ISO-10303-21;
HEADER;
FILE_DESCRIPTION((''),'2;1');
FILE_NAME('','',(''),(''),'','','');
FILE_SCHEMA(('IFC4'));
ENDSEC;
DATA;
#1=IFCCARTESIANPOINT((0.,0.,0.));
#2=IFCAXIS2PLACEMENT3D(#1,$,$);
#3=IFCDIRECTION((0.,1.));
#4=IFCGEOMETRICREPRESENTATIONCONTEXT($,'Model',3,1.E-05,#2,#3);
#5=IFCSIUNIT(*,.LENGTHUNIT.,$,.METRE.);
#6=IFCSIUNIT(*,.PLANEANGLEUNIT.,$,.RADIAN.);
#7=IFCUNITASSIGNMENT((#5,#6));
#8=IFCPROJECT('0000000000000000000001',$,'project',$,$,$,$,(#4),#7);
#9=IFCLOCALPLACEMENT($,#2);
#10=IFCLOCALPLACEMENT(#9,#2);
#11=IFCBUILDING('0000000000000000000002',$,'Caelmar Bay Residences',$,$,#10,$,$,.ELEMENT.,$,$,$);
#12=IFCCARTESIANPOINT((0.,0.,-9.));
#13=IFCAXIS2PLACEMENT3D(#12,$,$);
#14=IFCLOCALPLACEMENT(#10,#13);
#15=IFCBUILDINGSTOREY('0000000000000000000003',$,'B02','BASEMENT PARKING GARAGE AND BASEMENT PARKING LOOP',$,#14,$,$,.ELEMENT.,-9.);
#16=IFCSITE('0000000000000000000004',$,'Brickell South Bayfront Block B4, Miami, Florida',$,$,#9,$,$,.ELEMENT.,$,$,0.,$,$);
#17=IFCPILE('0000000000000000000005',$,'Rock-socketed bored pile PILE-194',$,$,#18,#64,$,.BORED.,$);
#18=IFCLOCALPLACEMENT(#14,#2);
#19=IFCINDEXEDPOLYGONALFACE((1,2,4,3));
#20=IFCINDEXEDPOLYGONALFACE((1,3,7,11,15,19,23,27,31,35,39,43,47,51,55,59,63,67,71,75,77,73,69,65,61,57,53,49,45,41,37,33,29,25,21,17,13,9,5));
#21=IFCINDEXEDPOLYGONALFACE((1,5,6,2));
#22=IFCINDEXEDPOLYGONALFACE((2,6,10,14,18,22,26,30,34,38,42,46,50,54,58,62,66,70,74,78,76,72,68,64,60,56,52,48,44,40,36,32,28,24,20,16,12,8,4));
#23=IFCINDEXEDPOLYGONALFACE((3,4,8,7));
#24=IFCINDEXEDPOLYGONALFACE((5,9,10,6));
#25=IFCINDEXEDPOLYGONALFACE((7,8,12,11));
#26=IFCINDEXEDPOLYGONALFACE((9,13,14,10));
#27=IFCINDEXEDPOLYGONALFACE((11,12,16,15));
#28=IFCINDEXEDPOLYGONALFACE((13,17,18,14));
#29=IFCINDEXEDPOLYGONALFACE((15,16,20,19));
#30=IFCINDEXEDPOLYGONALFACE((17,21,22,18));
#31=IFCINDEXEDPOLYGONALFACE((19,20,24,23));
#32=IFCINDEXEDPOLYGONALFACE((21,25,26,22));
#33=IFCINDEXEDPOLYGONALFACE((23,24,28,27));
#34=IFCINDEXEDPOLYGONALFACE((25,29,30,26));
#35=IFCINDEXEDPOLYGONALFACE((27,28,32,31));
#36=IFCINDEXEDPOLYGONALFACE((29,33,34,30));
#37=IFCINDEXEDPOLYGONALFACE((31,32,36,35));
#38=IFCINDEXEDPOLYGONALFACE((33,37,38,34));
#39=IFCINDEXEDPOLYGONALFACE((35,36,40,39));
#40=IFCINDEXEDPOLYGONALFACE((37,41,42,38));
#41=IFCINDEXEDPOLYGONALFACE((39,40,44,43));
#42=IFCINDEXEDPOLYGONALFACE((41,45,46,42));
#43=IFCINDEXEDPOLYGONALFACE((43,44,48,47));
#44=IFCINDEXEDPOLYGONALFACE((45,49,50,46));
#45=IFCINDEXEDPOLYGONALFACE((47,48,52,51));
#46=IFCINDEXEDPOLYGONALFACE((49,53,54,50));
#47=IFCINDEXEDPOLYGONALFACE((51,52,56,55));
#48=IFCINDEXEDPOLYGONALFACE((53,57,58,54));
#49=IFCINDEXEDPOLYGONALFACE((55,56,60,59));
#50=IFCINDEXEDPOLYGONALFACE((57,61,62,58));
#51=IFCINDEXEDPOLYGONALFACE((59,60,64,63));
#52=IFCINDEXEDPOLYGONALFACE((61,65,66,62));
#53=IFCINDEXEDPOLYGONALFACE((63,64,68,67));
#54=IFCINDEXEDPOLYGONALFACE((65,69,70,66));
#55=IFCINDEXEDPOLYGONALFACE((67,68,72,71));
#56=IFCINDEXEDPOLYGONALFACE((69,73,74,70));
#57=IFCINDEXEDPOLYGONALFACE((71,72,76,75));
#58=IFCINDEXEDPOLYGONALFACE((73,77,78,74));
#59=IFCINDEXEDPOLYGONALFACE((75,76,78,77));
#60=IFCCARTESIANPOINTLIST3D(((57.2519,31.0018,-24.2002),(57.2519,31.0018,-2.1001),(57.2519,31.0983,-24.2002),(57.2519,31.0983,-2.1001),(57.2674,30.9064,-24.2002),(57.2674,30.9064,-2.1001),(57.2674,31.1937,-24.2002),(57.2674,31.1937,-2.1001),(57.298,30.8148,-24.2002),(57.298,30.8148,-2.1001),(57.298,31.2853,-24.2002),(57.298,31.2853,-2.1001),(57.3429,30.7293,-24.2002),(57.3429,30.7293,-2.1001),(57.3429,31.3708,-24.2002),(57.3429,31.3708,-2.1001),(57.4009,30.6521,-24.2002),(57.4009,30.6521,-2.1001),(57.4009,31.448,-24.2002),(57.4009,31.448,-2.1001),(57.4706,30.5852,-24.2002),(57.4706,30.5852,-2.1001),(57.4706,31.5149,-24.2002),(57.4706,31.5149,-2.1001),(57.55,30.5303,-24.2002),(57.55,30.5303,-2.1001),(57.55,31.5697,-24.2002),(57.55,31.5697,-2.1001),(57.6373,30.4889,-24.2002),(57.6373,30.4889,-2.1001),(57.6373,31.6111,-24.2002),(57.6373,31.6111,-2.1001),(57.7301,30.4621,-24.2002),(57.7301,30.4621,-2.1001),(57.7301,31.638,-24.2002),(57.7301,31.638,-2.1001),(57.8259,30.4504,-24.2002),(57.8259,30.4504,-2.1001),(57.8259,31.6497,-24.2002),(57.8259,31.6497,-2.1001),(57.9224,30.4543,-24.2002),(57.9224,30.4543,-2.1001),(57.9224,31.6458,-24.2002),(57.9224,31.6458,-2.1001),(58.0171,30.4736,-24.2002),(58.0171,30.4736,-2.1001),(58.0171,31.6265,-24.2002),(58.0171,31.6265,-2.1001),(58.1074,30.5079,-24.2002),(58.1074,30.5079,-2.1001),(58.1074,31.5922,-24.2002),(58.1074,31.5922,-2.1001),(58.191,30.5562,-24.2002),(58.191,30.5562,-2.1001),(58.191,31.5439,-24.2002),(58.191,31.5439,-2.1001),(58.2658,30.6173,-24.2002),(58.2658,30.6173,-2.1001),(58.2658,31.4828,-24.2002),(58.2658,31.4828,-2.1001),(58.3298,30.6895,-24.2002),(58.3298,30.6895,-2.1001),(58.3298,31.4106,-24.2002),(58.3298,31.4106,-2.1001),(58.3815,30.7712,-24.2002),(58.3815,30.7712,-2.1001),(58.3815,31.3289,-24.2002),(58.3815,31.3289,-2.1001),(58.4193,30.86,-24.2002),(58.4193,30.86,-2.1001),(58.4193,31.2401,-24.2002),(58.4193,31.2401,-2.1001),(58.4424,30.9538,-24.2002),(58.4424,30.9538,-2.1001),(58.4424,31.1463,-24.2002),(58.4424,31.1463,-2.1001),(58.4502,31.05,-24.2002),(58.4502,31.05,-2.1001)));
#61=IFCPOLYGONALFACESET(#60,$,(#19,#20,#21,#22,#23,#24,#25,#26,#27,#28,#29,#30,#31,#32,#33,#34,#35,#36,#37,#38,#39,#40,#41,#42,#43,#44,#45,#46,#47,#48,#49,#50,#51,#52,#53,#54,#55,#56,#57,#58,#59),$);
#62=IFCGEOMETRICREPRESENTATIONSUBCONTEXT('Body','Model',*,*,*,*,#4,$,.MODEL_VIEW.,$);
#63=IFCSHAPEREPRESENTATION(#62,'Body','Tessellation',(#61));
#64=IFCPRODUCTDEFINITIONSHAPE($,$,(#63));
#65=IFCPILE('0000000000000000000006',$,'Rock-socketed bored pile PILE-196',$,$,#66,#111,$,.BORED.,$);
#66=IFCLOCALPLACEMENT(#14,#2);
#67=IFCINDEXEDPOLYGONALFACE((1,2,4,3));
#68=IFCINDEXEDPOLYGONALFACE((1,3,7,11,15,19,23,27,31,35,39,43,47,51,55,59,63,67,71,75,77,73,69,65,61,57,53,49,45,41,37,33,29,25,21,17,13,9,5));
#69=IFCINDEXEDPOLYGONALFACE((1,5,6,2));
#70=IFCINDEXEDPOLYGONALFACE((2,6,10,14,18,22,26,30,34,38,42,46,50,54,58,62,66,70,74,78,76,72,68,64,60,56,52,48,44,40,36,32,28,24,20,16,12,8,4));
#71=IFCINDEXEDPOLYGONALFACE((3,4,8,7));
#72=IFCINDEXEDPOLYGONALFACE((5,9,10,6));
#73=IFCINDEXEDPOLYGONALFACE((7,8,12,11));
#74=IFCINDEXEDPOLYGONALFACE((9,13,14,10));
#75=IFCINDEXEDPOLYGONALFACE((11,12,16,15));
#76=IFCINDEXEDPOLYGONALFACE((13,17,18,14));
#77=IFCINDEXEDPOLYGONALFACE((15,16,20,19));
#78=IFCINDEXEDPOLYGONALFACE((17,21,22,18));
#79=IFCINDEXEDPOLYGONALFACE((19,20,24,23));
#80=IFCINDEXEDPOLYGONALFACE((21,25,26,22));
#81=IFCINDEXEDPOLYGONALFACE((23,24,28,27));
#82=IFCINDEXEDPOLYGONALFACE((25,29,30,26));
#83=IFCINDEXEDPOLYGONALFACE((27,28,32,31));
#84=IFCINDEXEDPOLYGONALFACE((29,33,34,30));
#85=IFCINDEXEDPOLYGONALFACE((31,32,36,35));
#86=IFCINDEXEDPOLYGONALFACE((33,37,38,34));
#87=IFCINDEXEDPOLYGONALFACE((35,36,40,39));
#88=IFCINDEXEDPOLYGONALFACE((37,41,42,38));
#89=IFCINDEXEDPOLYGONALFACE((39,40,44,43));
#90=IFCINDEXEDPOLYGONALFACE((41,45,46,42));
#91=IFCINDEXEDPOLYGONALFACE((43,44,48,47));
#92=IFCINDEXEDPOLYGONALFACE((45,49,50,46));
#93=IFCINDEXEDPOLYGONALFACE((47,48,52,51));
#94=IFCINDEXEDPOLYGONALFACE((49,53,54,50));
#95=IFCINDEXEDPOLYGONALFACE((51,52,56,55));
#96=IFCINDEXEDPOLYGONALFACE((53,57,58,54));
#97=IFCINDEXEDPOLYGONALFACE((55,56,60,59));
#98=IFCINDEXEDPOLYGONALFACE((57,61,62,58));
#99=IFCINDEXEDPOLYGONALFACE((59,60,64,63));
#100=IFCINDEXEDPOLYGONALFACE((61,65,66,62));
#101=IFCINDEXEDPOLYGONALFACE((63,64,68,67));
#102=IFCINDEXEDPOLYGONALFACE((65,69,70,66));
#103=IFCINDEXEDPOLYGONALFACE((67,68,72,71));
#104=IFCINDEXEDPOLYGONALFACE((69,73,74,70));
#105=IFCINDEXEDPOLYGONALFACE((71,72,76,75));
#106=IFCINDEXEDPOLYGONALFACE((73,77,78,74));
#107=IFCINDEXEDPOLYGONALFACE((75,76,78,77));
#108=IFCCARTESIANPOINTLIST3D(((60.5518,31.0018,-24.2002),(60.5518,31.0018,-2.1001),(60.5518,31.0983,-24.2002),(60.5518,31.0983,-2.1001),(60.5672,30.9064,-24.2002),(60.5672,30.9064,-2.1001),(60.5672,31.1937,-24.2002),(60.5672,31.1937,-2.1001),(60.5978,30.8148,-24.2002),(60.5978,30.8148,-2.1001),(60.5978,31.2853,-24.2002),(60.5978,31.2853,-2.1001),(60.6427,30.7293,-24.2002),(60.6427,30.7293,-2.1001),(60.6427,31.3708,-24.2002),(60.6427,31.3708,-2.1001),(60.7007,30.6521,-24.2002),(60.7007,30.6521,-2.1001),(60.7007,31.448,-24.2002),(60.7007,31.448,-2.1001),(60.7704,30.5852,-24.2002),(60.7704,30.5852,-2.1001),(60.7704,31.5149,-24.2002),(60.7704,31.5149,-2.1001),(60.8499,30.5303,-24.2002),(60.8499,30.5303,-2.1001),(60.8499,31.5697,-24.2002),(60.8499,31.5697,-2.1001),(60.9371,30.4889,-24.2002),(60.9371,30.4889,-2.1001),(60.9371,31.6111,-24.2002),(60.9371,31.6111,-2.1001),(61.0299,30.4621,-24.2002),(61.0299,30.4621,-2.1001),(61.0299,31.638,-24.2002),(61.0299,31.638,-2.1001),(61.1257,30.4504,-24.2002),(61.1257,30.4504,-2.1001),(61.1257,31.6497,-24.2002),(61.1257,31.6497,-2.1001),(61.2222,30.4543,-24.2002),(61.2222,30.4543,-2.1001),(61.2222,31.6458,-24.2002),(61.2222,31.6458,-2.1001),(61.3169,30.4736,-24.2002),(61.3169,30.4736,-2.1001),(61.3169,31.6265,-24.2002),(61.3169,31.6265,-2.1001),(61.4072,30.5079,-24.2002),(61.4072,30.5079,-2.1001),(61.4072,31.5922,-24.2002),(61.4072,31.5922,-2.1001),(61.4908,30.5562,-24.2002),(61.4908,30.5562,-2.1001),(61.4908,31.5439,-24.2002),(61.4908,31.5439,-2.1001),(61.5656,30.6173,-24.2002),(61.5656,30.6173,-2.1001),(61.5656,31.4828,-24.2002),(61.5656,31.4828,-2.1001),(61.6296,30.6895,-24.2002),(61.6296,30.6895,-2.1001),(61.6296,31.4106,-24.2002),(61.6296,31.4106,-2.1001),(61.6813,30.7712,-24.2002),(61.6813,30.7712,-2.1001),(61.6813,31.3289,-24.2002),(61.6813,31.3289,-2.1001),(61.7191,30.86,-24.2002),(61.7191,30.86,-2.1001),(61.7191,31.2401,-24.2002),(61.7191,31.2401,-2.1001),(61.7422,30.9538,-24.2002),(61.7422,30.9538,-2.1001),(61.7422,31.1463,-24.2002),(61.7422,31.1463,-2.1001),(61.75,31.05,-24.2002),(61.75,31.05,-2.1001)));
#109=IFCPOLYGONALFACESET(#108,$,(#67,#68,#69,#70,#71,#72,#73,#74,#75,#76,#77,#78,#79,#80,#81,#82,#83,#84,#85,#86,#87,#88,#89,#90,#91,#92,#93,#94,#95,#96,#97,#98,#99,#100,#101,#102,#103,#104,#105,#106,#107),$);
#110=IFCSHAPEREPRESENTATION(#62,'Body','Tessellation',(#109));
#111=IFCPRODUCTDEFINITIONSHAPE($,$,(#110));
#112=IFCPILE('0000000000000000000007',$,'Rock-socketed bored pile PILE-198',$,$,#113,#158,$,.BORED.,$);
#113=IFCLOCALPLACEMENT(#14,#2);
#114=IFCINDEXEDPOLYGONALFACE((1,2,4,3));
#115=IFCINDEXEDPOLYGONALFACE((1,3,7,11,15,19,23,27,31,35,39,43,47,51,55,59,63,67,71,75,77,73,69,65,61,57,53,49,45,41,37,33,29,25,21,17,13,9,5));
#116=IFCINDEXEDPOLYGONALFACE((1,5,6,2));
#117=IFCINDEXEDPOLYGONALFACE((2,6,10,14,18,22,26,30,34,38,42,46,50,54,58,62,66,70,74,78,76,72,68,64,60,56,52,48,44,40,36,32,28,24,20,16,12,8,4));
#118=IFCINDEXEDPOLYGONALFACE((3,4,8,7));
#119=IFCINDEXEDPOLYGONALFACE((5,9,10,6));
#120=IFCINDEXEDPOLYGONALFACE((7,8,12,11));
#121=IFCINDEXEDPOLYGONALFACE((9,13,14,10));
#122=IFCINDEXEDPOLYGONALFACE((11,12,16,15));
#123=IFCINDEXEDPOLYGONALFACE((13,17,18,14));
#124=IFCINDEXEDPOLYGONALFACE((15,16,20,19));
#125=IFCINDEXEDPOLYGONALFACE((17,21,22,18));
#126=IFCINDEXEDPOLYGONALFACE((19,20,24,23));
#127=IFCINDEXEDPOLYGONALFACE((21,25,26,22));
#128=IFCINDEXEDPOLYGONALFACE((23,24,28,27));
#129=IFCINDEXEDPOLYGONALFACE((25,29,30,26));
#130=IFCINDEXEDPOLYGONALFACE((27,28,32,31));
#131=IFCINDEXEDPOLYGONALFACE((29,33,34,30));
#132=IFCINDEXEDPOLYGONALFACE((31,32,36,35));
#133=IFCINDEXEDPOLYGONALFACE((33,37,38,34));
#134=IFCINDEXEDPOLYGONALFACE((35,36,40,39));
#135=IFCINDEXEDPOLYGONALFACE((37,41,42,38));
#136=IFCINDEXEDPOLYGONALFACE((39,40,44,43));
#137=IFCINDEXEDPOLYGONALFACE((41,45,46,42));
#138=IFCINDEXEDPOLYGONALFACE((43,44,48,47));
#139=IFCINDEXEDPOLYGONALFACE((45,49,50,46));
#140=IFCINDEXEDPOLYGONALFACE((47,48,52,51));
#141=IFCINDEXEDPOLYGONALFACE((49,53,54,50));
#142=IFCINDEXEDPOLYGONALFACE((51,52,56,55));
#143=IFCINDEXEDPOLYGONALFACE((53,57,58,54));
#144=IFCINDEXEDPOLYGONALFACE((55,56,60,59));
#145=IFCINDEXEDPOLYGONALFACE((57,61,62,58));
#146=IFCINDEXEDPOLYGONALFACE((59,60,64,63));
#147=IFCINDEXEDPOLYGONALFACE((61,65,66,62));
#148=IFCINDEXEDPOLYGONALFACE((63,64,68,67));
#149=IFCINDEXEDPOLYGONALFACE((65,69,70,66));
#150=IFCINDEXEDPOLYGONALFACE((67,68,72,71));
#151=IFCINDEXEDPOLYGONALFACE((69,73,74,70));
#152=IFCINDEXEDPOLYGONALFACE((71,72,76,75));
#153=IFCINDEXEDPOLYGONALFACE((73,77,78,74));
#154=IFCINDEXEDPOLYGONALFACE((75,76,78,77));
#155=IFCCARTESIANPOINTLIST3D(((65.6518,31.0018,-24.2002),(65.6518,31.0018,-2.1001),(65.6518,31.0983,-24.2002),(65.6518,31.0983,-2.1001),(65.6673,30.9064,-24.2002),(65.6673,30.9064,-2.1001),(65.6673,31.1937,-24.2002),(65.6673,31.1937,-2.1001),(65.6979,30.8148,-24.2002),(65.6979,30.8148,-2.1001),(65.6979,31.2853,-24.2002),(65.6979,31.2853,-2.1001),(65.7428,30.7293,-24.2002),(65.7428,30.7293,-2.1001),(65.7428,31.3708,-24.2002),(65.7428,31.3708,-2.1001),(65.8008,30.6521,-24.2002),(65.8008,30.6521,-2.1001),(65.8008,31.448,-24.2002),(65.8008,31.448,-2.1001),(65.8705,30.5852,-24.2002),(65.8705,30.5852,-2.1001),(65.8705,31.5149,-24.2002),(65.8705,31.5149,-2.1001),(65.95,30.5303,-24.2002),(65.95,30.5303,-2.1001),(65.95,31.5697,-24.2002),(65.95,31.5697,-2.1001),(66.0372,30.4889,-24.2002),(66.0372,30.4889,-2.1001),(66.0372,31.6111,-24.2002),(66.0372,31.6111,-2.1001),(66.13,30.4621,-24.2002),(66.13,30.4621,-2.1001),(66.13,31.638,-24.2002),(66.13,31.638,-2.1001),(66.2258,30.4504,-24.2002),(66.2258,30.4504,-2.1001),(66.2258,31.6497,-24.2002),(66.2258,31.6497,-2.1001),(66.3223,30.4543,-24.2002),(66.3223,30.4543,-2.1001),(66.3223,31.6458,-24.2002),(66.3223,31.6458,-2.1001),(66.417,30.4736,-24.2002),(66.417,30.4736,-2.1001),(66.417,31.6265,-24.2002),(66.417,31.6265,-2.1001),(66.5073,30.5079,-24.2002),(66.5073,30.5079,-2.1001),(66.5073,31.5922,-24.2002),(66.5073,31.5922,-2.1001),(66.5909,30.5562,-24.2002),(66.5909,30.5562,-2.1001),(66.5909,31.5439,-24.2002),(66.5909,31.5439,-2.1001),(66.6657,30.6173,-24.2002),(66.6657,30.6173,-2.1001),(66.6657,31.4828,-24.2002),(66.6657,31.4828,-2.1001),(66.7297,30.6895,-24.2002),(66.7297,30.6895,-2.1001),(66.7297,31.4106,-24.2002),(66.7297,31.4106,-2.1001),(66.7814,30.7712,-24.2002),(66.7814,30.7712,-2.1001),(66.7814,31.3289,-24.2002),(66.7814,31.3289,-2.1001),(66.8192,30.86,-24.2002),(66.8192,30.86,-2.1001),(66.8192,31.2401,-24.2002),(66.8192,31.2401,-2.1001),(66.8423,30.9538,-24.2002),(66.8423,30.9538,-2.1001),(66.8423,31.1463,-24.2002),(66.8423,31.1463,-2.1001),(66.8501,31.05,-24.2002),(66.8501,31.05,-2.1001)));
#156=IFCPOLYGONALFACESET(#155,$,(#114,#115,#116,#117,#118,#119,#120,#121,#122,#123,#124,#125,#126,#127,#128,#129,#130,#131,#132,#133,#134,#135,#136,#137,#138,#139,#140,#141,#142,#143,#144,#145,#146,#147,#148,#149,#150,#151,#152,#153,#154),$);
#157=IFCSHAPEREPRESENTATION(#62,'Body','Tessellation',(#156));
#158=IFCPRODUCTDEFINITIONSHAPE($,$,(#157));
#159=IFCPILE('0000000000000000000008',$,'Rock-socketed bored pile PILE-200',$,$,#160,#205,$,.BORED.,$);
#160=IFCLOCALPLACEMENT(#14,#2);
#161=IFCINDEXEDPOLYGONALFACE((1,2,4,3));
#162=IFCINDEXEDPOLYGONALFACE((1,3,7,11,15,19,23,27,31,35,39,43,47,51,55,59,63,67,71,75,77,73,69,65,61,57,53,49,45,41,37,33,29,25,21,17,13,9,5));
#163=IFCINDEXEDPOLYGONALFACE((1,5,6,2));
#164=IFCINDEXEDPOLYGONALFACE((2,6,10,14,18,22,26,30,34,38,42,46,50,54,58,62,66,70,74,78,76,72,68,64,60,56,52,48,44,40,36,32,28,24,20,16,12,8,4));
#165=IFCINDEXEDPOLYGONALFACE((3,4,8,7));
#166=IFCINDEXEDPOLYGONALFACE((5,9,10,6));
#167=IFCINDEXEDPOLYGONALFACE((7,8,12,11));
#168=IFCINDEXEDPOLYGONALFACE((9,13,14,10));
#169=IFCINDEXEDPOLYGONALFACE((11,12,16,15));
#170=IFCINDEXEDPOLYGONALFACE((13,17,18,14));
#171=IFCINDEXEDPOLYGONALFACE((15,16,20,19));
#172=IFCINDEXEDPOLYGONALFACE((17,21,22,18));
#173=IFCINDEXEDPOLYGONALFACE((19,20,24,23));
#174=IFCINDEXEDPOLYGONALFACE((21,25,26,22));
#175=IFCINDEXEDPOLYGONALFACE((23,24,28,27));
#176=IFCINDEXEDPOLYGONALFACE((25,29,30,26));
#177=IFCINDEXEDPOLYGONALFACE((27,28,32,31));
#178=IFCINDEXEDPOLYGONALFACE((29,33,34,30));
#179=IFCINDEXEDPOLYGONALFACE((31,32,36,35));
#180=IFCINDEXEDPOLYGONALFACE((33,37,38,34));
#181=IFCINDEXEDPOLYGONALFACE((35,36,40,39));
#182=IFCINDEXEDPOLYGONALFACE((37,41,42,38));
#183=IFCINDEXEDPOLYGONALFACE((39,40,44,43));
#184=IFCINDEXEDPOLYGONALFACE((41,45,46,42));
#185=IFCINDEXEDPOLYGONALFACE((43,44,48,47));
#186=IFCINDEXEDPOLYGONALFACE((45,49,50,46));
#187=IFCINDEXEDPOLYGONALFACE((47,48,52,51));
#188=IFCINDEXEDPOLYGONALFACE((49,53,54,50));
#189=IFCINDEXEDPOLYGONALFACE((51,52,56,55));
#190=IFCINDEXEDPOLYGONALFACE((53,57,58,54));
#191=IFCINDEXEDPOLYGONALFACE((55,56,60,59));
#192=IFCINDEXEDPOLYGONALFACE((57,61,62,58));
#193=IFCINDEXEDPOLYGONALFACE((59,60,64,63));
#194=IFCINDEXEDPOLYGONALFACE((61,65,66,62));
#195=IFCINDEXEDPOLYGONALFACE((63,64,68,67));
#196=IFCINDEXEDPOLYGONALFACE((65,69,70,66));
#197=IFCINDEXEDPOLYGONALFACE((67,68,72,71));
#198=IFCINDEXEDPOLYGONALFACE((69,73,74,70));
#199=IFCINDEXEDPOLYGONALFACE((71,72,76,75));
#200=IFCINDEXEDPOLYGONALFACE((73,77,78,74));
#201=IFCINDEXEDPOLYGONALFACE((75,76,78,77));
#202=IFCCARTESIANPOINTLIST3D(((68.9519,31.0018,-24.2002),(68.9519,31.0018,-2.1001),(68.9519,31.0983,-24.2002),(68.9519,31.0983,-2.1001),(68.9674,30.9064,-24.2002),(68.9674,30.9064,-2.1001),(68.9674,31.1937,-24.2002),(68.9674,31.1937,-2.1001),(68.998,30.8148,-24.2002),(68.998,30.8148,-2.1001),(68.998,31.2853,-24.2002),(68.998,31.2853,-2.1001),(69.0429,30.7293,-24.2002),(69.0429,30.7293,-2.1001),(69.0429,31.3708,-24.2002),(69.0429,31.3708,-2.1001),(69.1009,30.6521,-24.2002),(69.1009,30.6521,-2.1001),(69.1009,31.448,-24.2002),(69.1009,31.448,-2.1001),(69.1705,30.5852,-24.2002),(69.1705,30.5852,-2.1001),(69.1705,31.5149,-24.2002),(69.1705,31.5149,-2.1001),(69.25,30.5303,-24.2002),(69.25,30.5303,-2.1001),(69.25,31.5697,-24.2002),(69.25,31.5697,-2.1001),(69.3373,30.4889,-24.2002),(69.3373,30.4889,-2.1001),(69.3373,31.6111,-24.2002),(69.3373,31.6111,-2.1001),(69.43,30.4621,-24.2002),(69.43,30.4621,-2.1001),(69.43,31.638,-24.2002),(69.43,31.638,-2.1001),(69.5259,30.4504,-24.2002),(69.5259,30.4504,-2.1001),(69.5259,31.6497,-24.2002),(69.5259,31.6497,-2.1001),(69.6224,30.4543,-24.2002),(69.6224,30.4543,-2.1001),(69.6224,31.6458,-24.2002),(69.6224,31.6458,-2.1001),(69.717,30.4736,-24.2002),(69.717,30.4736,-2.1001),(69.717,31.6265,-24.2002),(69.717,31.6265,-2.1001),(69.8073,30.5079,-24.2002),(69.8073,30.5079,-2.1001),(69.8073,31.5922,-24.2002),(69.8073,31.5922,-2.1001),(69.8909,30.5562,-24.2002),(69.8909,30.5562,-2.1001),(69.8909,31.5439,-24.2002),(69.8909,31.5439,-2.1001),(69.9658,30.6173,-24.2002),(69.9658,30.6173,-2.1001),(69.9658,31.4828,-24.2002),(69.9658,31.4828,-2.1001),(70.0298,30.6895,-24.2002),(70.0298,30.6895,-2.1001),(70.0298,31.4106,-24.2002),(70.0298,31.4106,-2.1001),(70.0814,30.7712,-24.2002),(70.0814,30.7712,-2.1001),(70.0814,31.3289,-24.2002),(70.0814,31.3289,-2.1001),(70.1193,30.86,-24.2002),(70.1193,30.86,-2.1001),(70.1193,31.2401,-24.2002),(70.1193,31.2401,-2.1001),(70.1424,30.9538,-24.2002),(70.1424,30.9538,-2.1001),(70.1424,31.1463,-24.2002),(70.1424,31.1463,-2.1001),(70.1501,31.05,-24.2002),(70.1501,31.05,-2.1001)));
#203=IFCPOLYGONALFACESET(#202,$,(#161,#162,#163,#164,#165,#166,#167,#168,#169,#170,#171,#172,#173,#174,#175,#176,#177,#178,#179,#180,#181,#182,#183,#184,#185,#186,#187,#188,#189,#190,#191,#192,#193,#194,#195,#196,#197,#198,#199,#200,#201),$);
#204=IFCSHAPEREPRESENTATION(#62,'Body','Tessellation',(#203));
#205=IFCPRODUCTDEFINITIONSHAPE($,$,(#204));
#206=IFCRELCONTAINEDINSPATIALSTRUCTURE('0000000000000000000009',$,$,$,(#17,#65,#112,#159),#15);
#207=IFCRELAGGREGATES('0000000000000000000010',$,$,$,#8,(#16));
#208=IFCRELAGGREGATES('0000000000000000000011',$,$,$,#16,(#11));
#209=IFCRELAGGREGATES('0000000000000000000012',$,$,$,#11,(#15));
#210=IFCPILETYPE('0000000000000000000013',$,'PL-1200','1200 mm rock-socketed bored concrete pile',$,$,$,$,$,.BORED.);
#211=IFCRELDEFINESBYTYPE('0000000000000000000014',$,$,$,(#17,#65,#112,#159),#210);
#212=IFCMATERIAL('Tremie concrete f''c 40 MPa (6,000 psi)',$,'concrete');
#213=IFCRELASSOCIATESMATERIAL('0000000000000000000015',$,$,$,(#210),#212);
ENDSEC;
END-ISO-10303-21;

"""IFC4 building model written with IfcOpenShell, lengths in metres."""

from ifc_helpers import new_model, si_unit, direction, frame, origin, origin_2d, place, context, subcontext, project, spatial, circle, extrude, material, material_profile, profile_set, type_object, element, save


model = new_model("IFC4")

# Units and contexts
model_context = context("Model", 3, precision=1e-05, world=origin(), true_north=direction((0.0, 1.0)))
body_context = subcontext(model_context, "Body", "Model", "MODEL_VIEW")
ifc_project = project(units=[si_unit("LENGTHUNIT", "METRE"), si_unit("PLANEANGLEUNIT", "RADIAN")], contexts=[model_context])

# Site, building, storey
site_placement = place(None, origin())
site = spatial("IfcSite", under=ifc_project, at=site_placement, Name="Brickell South Bayfront Block B4, Miami, Florida", CompositionType="ELEMENT", RefElevation=0.0)
building_placement = place(site_placement, origin())
building = spatial("IfcBuilding", under=site, at=building_placement, Name="Caelmar Bay Residences", CompositionType="ELEMENT")
storey_placement = place(building_placement, frame((0.0, 0.0, -9.0)))
storey = spatial("IfcBuildingStorey", under=building, at=storey_placement, Name="B02", Description="BASEMENT PARKING GARAGE AND BASEMENT PARKING LOOP", CompositionType="ELEMENT", Elevation=-9.0)

# Piles
ifc_material_1 = material(Name="Tremie concrete f'c 40 MPa (6,000 psi)", Category="concrete")
ifc_material_profile_1 = material_profile(ifc_material_1, circle(Radius=0.6001, at=origin_2d()), Name="PILE-1200D")
ifc_profile_set_1 = profile_set([ifc_material_profile_1], Name="Tremie concrete f'c 40 MPa (6,000 psi)")
pile_type_1 = type_object("IfcPileType", Name="PL-1200", Description="1200 mm rock-socketed bored concrete pile", PredefinedType="BORED", material=ifc_profile_set_1)
for number, where, z_axis, x_axis, name in (
    (1, (57.8501, 31.05, -2.1001), (0.0, 0.0, -1.0), (1.0, 0.0, 0.0), "Rock-socketed bored pile PILE-194"),
    (2, (61.1499, 31.05, -2.1001), (0.0, 0.0, -1.0), (1.0, 0.0, 0.0), "Rock-socketed bored pile PILE-196"),
    (3, (66.25, 31.05, -2.1001), (0.0, 0.0, -1.0), (1.0, 0.0, 0.0), "Rock-socketed bored pile PILE-198"),
    (4, (69.55, 31.05, -2.1001), (0.0, 0.0, -1.0), (1.0, 0.0, 0.0), "Rock-socketed bored pile PILE-200"),
):
    element("IfcPile", number, at=place(storey_placement, frame(where, z_axis=z_axis, x_axis=x_axis)), inside=storey, type_object=pile_type_1, Name=name, PredefinedType="BORED", context=body_context, shape_type="SweptSolid", body=[
        extrude(circle(Radius=0.6001, at=origin_2d()), origin(), (0.0, 0.0, 1.0), 22.1001),
    ])

save(model, "model.ifc")
